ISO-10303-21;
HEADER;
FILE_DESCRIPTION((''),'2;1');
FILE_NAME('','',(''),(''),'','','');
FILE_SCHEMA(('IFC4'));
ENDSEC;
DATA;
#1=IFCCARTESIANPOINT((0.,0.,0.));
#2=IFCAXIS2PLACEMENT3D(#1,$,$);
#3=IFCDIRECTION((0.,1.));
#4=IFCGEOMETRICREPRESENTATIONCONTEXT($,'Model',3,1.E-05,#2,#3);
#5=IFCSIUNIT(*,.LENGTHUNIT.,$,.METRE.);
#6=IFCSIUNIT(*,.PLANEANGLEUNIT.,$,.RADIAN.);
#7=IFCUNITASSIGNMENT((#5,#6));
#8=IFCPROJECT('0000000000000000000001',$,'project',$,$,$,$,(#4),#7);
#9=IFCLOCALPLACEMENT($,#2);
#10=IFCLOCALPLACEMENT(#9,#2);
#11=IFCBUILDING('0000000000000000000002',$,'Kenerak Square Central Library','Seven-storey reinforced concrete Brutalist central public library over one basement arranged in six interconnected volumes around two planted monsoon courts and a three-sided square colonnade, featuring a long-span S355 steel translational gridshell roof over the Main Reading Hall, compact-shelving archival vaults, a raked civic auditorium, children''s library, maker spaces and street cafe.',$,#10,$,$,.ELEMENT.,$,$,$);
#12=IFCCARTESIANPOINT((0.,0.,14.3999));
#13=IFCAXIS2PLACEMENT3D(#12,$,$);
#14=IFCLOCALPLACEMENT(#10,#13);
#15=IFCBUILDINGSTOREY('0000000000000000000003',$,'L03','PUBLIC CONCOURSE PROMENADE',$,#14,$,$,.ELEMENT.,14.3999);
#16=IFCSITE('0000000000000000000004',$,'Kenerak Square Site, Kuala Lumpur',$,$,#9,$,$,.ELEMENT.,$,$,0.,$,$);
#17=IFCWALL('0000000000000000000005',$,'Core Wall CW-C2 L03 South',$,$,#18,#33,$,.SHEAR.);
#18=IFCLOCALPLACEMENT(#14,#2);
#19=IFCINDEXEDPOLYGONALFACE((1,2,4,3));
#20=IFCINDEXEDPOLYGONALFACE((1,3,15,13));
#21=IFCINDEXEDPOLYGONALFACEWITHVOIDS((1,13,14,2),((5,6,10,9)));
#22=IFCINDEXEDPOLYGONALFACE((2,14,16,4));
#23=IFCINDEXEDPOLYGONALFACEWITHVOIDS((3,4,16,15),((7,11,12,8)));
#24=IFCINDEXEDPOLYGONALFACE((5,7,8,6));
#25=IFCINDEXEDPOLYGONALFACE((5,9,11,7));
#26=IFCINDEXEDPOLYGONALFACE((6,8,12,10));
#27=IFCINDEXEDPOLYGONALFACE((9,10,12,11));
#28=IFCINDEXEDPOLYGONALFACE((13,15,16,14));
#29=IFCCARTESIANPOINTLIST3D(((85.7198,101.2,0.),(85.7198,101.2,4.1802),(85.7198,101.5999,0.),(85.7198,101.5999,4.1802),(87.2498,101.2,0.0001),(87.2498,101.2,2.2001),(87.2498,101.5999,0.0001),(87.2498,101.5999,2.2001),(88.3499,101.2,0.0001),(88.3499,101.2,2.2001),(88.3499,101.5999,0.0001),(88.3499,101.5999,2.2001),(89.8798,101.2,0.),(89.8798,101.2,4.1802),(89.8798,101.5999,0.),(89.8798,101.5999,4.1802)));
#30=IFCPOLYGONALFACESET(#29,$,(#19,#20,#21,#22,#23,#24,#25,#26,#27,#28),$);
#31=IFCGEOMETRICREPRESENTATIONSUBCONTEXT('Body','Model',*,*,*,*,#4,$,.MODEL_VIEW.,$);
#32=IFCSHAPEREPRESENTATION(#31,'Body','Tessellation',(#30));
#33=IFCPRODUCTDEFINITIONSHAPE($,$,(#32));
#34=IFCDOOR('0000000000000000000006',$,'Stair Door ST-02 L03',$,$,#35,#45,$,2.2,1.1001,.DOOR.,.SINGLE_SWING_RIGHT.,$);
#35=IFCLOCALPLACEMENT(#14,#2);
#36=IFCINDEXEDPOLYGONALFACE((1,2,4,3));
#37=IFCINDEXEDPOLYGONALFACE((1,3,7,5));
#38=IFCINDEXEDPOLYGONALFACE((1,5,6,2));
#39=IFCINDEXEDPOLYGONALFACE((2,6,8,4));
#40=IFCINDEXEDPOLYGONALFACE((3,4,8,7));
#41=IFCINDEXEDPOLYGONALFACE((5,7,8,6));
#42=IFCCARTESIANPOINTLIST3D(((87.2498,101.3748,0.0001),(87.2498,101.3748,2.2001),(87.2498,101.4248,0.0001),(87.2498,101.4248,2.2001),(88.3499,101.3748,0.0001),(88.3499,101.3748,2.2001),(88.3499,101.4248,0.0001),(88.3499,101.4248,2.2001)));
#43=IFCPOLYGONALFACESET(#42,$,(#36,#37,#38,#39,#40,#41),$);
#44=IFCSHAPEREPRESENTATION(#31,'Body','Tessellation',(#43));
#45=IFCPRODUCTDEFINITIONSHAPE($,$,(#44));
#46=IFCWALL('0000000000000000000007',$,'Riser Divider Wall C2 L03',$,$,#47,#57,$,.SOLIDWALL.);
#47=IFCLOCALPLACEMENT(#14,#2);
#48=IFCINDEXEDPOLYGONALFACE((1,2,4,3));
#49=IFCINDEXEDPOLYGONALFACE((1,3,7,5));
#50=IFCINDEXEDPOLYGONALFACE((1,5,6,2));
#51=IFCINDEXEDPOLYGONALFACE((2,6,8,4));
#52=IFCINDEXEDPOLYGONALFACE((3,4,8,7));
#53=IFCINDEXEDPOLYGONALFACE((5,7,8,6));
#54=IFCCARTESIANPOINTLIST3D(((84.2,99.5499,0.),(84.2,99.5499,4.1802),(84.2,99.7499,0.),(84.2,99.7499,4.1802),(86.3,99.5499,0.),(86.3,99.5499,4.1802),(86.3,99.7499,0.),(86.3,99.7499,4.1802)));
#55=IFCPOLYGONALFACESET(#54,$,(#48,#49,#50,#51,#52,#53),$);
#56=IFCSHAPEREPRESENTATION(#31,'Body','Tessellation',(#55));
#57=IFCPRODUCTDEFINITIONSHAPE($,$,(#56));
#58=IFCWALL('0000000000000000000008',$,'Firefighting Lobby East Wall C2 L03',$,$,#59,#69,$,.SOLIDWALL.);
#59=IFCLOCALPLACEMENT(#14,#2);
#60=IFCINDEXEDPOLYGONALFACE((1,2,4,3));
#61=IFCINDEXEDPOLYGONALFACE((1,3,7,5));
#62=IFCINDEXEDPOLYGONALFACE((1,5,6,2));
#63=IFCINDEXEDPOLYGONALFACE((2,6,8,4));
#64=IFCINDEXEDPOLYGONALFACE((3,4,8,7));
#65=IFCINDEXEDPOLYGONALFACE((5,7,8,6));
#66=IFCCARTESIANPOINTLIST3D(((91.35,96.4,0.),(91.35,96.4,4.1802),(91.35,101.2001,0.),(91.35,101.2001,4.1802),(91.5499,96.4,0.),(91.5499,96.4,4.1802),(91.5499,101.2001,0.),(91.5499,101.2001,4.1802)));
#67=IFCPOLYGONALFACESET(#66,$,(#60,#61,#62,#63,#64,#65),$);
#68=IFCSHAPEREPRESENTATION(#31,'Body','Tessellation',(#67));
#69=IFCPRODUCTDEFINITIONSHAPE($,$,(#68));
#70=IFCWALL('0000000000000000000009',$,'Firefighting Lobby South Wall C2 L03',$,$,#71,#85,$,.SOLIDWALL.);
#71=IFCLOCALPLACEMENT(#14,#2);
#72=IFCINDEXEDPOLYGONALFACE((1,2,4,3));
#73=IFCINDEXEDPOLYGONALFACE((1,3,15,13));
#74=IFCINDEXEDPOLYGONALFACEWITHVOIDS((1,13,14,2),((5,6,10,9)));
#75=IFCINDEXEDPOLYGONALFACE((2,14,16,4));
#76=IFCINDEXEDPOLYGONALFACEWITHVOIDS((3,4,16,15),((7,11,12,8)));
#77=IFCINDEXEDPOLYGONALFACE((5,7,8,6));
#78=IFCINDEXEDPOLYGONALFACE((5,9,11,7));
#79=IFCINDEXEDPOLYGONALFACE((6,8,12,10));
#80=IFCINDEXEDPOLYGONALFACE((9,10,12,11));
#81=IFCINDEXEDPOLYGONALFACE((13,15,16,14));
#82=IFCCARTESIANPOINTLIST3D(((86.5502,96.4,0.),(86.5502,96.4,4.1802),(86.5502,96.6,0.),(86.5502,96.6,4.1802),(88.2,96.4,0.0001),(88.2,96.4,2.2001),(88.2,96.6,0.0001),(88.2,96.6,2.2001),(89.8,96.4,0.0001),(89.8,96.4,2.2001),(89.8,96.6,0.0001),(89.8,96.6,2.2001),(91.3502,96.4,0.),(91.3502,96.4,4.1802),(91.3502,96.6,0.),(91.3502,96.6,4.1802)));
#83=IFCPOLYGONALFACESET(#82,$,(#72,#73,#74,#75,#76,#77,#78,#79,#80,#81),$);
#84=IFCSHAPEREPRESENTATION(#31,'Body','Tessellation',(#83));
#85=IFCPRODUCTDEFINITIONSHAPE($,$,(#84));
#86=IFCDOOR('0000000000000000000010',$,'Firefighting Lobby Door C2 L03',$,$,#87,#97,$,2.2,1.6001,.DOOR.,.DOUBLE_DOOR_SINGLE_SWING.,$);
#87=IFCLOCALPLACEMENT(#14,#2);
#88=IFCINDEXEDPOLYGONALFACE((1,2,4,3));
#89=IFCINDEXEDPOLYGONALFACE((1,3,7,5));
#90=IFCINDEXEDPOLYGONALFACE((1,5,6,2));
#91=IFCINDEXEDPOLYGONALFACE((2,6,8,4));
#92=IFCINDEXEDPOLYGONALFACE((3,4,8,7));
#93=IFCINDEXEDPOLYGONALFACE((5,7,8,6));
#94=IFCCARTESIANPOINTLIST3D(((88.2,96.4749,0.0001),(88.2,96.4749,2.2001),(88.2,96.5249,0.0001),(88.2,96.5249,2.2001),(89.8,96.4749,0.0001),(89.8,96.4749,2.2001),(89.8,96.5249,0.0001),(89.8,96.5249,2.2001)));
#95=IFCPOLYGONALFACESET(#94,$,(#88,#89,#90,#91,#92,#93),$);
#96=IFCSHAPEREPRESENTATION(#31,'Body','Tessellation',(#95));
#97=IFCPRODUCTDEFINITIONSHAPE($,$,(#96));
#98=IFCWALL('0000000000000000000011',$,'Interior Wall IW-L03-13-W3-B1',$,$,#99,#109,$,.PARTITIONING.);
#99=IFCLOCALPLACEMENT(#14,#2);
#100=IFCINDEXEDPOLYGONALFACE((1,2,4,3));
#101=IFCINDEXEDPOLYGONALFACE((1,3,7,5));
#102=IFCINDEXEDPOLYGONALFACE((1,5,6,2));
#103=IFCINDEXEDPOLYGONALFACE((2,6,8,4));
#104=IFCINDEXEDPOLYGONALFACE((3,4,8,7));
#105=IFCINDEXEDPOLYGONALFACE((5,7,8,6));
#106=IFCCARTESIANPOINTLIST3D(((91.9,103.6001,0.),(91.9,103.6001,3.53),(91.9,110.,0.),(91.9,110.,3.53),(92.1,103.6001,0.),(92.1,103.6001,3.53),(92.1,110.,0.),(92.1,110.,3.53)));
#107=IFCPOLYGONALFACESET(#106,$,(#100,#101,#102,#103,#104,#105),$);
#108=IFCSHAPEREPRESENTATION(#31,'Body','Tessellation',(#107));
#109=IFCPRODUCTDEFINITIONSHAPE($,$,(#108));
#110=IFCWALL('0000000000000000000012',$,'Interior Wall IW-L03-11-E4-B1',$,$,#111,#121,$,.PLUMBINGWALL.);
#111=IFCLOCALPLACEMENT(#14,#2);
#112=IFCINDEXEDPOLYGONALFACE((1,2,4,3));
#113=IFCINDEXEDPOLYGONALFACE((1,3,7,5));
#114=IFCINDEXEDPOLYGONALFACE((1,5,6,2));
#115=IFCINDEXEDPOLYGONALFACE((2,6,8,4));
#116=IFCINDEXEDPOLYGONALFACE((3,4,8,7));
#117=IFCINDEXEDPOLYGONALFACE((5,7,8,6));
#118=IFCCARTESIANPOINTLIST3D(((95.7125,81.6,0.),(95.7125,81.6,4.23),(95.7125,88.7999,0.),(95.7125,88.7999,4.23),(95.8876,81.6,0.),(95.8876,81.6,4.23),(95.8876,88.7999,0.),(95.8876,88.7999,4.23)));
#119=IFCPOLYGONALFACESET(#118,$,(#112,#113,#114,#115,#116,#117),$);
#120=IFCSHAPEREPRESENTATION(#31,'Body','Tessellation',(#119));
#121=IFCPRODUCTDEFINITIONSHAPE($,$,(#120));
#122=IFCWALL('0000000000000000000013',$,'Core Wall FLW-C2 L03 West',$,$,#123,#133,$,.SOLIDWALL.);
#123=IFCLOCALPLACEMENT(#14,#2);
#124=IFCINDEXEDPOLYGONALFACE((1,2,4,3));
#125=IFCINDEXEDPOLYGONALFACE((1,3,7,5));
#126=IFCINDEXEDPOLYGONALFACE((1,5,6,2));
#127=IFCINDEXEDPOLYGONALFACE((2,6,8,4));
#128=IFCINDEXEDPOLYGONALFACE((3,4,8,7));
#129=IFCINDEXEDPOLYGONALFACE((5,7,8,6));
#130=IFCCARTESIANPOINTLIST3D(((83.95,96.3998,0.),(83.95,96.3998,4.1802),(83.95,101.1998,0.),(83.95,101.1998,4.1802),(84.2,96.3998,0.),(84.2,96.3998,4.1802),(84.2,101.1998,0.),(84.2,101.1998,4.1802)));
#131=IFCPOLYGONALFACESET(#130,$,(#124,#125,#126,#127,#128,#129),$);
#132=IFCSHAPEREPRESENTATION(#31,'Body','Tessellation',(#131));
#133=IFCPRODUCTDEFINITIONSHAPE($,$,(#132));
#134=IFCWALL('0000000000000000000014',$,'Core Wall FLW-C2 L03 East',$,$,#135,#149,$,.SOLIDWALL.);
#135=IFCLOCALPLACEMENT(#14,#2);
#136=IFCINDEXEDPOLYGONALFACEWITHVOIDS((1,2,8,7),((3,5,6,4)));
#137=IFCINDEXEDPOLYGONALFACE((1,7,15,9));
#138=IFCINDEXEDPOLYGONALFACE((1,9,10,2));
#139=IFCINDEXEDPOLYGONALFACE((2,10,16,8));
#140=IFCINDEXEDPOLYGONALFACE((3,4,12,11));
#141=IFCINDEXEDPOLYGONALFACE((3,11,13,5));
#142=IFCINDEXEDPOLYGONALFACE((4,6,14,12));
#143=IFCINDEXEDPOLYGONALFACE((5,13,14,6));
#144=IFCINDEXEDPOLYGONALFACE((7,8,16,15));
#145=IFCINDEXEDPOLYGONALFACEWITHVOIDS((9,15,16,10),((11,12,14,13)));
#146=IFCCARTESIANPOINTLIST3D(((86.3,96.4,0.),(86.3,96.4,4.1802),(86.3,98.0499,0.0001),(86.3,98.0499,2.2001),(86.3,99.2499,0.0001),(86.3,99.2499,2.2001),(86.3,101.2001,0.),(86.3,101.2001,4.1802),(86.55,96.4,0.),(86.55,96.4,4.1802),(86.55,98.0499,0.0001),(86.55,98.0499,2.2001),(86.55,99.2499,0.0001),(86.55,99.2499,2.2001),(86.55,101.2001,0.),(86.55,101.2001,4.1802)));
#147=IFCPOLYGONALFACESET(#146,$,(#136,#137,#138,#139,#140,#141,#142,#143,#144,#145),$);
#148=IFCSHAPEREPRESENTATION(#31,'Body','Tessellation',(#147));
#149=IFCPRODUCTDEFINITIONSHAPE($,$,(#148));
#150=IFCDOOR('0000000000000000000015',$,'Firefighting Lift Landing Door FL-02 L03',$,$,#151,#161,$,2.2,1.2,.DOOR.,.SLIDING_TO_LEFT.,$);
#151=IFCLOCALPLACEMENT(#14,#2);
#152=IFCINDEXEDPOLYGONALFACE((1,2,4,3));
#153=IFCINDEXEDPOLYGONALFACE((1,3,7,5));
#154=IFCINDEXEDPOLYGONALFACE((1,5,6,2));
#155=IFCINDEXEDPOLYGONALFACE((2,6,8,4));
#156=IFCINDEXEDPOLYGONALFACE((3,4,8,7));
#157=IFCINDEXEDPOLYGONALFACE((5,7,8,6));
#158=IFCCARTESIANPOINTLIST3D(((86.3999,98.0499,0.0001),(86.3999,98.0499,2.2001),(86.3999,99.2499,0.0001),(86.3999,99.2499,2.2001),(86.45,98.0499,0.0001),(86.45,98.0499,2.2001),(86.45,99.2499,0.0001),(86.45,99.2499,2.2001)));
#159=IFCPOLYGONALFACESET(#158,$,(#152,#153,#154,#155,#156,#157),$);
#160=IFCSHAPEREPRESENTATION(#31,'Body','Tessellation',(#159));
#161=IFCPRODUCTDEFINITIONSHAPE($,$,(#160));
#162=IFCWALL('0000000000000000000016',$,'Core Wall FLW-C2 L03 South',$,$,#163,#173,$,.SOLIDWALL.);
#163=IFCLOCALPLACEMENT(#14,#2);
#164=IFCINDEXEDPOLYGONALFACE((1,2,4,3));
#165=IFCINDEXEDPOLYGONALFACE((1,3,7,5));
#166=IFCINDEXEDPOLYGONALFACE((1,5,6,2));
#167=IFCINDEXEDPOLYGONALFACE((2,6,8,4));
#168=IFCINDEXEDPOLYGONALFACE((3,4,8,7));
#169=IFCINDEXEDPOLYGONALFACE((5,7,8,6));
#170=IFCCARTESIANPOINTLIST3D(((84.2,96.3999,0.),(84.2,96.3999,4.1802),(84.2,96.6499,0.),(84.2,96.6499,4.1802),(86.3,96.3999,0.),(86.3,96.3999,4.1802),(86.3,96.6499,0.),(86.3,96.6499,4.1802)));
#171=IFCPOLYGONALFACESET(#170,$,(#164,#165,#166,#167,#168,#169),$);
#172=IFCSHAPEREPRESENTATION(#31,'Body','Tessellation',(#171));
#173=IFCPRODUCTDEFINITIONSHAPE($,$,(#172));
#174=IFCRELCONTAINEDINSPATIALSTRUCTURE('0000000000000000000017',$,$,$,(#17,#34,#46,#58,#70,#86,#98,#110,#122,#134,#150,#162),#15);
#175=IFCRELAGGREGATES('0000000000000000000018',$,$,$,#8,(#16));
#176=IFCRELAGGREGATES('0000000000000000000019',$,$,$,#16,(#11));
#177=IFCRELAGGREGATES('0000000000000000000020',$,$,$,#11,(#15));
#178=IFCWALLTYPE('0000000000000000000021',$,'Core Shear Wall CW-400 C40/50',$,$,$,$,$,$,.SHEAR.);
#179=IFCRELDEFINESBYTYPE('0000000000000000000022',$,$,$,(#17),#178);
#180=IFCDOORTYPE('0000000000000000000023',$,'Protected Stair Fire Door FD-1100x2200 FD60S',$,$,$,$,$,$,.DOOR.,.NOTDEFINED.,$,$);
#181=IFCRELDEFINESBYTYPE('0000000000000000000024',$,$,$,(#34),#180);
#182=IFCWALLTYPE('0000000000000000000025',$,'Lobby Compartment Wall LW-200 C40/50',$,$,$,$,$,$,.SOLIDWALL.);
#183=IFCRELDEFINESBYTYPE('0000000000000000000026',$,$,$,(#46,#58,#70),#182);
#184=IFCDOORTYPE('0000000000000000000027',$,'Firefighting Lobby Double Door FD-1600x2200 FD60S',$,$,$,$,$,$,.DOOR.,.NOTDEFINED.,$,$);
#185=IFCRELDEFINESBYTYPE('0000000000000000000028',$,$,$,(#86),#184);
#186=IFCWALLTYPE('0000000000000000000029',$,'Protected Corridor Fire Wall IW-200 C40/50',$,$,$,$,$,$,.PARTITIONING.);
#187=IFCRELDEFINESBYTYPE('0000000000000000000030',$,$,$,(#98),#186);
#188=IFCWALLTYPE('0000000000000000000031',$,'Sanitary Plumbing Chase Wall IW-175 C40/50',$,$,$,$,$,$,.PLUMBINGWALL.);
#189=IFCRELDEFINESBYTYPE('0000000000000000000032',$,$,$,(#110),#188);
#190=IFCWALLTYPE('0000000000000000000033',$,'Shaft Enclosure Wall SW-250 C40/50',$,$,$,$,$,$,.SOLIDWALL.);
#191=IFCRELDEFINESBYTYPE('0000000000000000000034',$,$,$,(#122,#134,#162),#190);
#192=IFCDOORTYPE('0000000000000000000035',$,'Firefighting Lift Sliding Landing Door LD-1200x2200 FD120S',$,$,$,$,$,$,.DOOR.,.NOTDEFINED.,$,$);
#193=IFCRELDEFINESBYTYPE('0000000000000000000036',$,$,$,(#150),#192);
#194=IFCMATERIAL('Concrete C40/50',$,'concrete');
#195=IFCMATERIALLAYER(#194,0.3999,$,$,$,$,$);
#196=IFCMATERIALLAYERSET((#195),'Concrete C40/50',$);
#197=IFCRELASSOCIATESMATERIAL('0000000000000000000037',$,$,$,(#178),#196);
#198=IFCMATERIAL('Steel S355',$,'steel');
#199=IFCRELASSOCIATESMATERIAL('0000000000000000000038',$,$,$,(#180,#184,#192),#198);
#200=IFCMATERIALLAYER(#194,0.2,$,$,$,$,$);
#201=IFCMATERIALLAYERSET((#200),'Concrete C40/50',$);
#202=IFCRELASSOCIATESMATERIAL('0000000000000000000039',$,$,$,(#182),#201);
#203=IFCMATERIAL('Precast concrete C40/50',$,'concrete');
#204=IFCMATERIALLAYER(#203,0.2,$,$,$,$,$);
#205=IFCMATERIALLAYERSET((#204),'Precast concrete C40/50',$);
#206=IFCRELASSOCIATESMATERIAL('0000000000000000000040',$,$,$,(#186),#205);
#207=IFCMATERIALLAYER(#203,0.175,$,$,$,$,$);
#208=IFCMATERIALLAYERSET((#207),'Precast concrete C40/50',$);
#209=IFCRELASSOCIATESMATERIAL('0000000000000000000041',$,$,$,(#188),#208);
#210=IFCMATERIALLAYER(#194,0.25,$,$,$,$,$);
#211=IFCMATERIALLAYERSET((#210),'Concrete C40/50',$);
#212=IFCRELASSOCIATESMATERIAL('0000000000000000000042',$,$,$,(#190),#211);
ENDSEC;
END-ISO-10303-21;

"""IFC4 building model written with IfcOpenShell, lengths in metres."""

from ifc_helpers import new_model, si_unit, direction, frame, frame_2d, origin, place, context, subcontext, project, spatial, rectangle, extrude, material, layer, layer_set, type_object, element, fill, save


model = new_model("IFC4")

# Units and contexts
model_context = context("Model", 3, precision=1e-05, world=origin(), true_north=direction((0.0, 1.0)))
body_context = subcontext(model_context, "Body", "Model", "MODEL_VIEW")
ifc_project = project(units=[si_unit("LENGTHUNIT", "METRE"), si_unit("PLANEANGLEUNIT", "RADIAN")], contexts=[model_context])

# Site, building, storey
site_placement = place(None, origin())
site = spatial("IfcSite", under=ifc_project, at=site_placement, Name="Kenerak Square Site, Kuala Lumpur", CompositionType="ELEMENT", RefElevation=0.0)
building_placement = place(site_placement, origin())
building = spatial("IfcBuilding", under=site, at=building_placement, Name="Kenerak Square Central Library", Description="Seven-storey reinforced concrete Brutalist central public library over one basement arranged in six interconnected volumes around two planted monsoon courts and a three-sided square colonnade, featuring a long-span S355 steel translational gridshell roof over the Main Reading Hall, compact-shelving archival vaults, a raked civic auditorium, children's library, maker spaces and street cafe.", CompositionType="ELEMENT")
storey_placement = place(building_placement, frame((0.0, 0.0, 14.3999)))
storey = spatial("IfcBuildingStorey", under=building, at=storey_placement, Name="L03", Description="PUBLIC CONCOURSE PROMENADE", CompositionType="ELEMENT", Elevation=14.3999)

# Shared definitions
ifc_material_1 = material(Name="Concrete C40/50", Category="concrete")

# Shared definitions
ifc_material_2 = material(Name="Steel S355", Category="steel")

# Shared definitions
ifc_layer_1 = layer(ifc_material_1, 0.3999)
ifc_layer_set_1 = layer_set([ifc_layer_1], Name="Concrete C40/50")
wall_type_1 = type_object("IfcWallType", Name="Core Shear Wall CW-400 C40/50", PredefinedType="SHEAR", material=ifc_layer_set_1)

# Wall, opening, door
wall_1_placement = place(storey_placement, frame((89.8799, 101.3999, 0.0), z_axis=(0.0, 0.0, 1.0), x_axis=(-1.0, 0.0, 0.0)))
wall_1 = element("IfcWall", 1, at=wall_1_placement, inside=storey, type_object=wall_type_1, Name="Core Wall CW-C2 L03 South", PredefinedType="SHEAR", context=body_context, shape_type="SweptSolid", body=[
    extrude(rectangle(XDim=4.1599, YDim=0.3999, at=frame_2d((2.0801, 0.0))), origin(), (0.0, 0.0, 1.0), 4.1802),
])
opening_1_placement = place(wall_1_placement, frame((1.53, 0.0, 0.0)))
opening_1 = element("IfcOpeningElement", 2, at=opening_1_placement, cuts=wall_1, PredefinedType="OPENING", context=body_context, shape_type="SweptSolid", body=[
    extrude(rectangle(XDim=1.1001, YDim=2.2, at=frame_2d((0.55, 1.1001))), frame((0.0, 0.21, 0.0), z_axis=(0.0, -1.0, 0.0), x_axis=(1.0, 0.0, 0.0)), (0.0, 0.0, 1.0), 0.4199),
])
door_type_1 = type_object("IfcDoorType", Name="Protected Stair Fire Door FD-1100x2200 FD60S", OperationType="NOTDEFINED", PredefinedType="DOOR", material=ifc_material_2)
door_1_placement = place(opening_1_placement, frame((1.1001, 0.0, 0.0), z_axis=(0.0, 0.0, 1.0), x_axis=(-1.0, 0.0, 0.0)))
door_1 = element("IfcDoor", 3, at=door_1_placement, inside=storey, type_object=door_type_1, Name="Stair Door ST-02 L03", OperationType="SINGLE_SWING_RIGHT", OverallHeight=2.2, OverallWidth=1.1001, PredefinedType="DOOR", context=body_context, shape_type="SweptSolid", body=[
    extrude(rectangle(XDim=1.1001, YDim=2.2, at=frame_2d((0.55, 1.1001))), frame((0.0, 0.0249, 0.0), z_axis=(0.0, -1.0, 0.0), x_axis=(1.0, 0.0, 0.0)), (0.0, 0.0, 1.0), 0.05),
])
fill(opening_1, door_1)

# Walls
ifc_layer_2 = layer(ifc_material_1, 0.2)
ifc_layer_set_2 = layer_set([ifc_layer_2], Name="Concrete C40/50")
wall_type_2 = type_object("IfcWallType", Name="Lobby Compartment Wall LW-200 C40/50", PredefinedType="SOLIDWALL", material=ifc_layer_set_2)
wall_2_placement = place(storey_placement, frame((84.2, 99.6499, 0.0), z_axis=(0.0, 0.0, 1.0), x_axis=(1.0, 0.0, 0.0)))
element("IfcWall", 4, at=wall_2_placement, inside=storey, type_object=wall_type_2, Name="Riser Divider Wall C2 L03", PredefinedType="SOLIDWALL", context=body_context, shape_type="SweptSolid", body=[
    extrude(rectangle(XDim=2.1001, YDim=0.2, at=frame_2d((1.05, 0.0))), origin(), (0.0, 0.0, 1.0), 4.1802),
])
wall_3_placement = place(storey_placement, frame((91.45, 101.2, 0.0), z_axis=(0.0, 0.0, 1.0), x_axis=(0.0, -1.0, 0.0)))
element("IfcWall", 5, at=wall_3_placement, inside=storey, type_object=wall_type_2, Name="Firefighting Lobby East Wall C2 L03", PredefinedType="SOLIDWALL", context=body_context, shape_type="SweptSolid", body=[
    extrude(rectangle(XDim=4.8, YDim=0.2, at=frame_2d((2.3999, 0.0))), origin(), (0.0, 0.0, 1.0), 4.1802),
])

# Wall, opening, door
wall_4_placement = place(storey_placement, frame((91.3501, 96.5, 0.0), z_axis=(0.0, 0.0, 1.0), x_axis=(-1.0, 0.0, 0.0)))
wall_4 = element("IfcWall", 6, at=wall_4_placement, inside=storey, type_object=wall_type_2, Name="Firefighting Lobby South Wall C2 L03", PredefinedType="SOLIDWALL", context=body_context, shape_type="SweptSolid", body=[
    extrude(rectangle(XDim=4.8, YDim=0.2, at=frame_2d((2.3999, 0.0))), origin(), (0.0, 0.0, 1.0), 4.1802),
])
opening_2_placement = place(wall_4_placement, frame((1.55, 0.0, 0.0)))
opening_2 = element("IfcOpeningElement", 7, at=opening_2_placement, cuts=wall_4, PredefinedType="OPENING", context=body_context, shape_type="SweptSolid", body=[
    extrude(rectangle(XDim=1.6001, YDim=2.2, at=frame_2d((0.8, 1.1001))), frame((0.0, 0.1099, 0.0), z_axis=(0.0, -1.0, 0.0), x_axis=(1.0, 0.0, 0.0)), (0.0, 0.0, 1.0), 0.22),
])
door_type_2 = type_object("IfcDoorType", Name="Firefighting Lobby Double Door FD-1600x2200 FD60S", OperationType="NOTDEFINED", PredefinedType="DOOR", material=ifc_material_2)
door_2_placement = place(opening_2_placement, frame((1.6001, 0.0, 0.0), z_axis=(0.0, 0.0, 1.0), x_axis=(-1.0, 0.0, 0.0)))
door_2 = element("IfcDoor", 8, at=door_2_placement, inside=storey, type_object=door_type_2, Name="Firefighting Lobby Door C2 L03", OperationType="DOUBLE_DOOR_SINGLE_SWING", OverallHeight=2.2, OverallWidth=1.6001, PredefinedType="DOOR", context=body_context, shape_type="SweptSolid", body=[
    extrude(rectangle(XDim=1.6001, YDim=2.2, at=frame_2d((0.8, 1.1001))), frame((0.0, 0.0249, 0.0), z_axis=(0.0, -1.0, 0.0), x_axis=(1.0, 0.0, 0.0)), (0.0, 0.0, 1.0), 0.05),
])
fill(opening_2, door_2)

# Walls
ifc_material_3 = material(Name="Precast concrete C40/50", Category="concrete")
ifc_layer_3 = layer(ifc_material_3, 0.2)
ifc_layer_set_3 = layer_set([ifc_layer_3], Name="Precast concrete C40/50")
wall_type_3 = type_object("IfcWallType", Name="Protected Corridor Fire Wall IW-200 C40/50", PredefinedType="PARTITIONING", material=ifc_layer_set_3)
wall_5_placement = place(storey_placement, frame((92.0, 103.6001, 0.0), z_axis=(0.0, 0.0, 1.0), x_axis=(0.0, 1.0, 0.0)))
element("IfcWall", 9, at=wall_5_placement, inside=storey, type_object=wall_type_3, Name="Interior Wall IW-L03-13-W3-B1", PredefinedType="PARTITIONING", context=body_context, shape_type="SweptSolid", body=[
    extrude(rectangle(XDim=6.3999, YDim=0.2, at=frame_2d((3.2, 0.0))), origin(), (0.0, 0.0, 1.0), 3.53),
])
ifc_layer_4 = layer(ifc_material_3, 0.175)
ifc_layer_set_4 = layer_set([ifc_layer_4], Name="Precast concrete C40/50")
wall_type_4 = type_object("IfcWallType", Name="Sanitary Plumbing Chase Wall IW-175 C40/50", PredefinedType="PLUMBINGWALL", material=ifc_layer_set_4)
wall_6_placement = place(storey_placement, frame((95.8, 88.8, 0.0), z_axis=(0.0, 0.0, 1.0), x_axis=(0.0, -1.0, 0.0)))
element("IfcWall", 10, at=wall_6_placement, inside=storey, type_object=wall_type_4, Name="Interior Wall IW-L03-11-E4-B1", PredefinedType="PLUMBINGWALL", context=body_context, shape_type="SweptSolid", body=[
    extrude(rectangle(XDim=7.2, YDim=0.175, at=frame_2d((3.6001, 0.0))), origin(), (0.0, 0.0, 1.0), 4.23),
])
ifc_layer_5 = layer(ifc_material_1, 0.25)
ifc_layer_set_5 = layer_set([ifc_layer_5], Name="Concrete C40/50")
wall_type_5 = type_object("IfcWallType", Name="Shaft Enclosure Wall SW-250 C40/50", PredefinedType="SOLIDWALL", material=ifc_layer_set_5)
wall_7_placement = place(storey_placement, frame((84.075, 96.3999, 0.0), z_axis=(0.0, 0.0, 1.0), x_axis=(0.0, 1.0, 0.0)))
element("IfcWall", 11, at=wall_7_placement, inside=storey, type_object=wall_type_5, Name="Core Wall FLW-C2 L03 West", PredefinedType="SOLIDWALL", context=body_context, shape_type="SweptSolid", body=[
    extrude(rectangle(XDim=4.8, YDim=0.25, at=frame_2d((2.3999, 0.0))), origin(), (0.0, 0.0, 1.0), 4.1802),
])

# Wall, opening, door
wall_8_placement = place(storey_placement, frame((86.425, 101.2, 0.0), z_axis=(0.0, 0.0, 1.0), x_axis=(0.0, -1.0, 0.0)))
wall_8 = element("IfcWall", 12, at=wall_8_placement, inside=storey, type_object=wall_type_5, Name="Core Wall FLW-C2 L03 East", PredefinedType="SOLIDWALL", context=body_context, shape_type="SweptSolid", body=[
    extrude(rectangle(XDim=4.8, YDim=0.25, at=frame_2d((2.3999, 0.0))), origin(), (0.0, 0.0, 1.0), 4.1802),
])
opening_3_placement = place(wall_8_placement, frame((1.95, 0.0, 0.0)))
opening_3 = element("IfcOpeningElement", 13, at=opening_3_placement, cuts=wall_8, PredefinedType="OPENING", context=body_context, shape_type="SweptSolid", body=[
    extrude(rectangle(XDim=1.2, YDim=2.2, at=frame_2d((0.6001, 1.1001))), frame((0.0, 0.135, 0.0), z_axis=(0.0, -1.0, 0.0), x_axis=(1.0, 0.0, 0.0)), (0.0, 0.0, 1.0), 0.27),
])
door_type_3 = type_object("IfcDoorType", Name="Firefighting Lift Sliding Landing Door LD-1200x2200 FD120S", OperationType="NOTDEFINED", PredefinedType="DOOR", material=ifc_material_2)
door_3_placement = place(opening_3_placement, origin())
door_3 = element("IfcDoor", 14, at=door_3_placement, inside=storey, type_object=door_type_3, Name="Firefighting Lift Landing Door FL-02 L03", OperationType="SLIDING_TO_LEFT", OverallHeight=2.2, OverallWidth=1.2, PredefinedType="DOOR", context=body_context, shape_type="SweptSolid", body=[
    extrude(rectangle(XDim=1.2, YDim=2.2, at=frame_2d((0.6001, 1.1001))), frame((0.0, 0.0249, 0.0), z_axis=(0.0, -1.0, 0.0), x_axis=(1.0, 0.0, 0.0)), (0.0, 0.0, 1.0), 0.05),
])
fill(opening_3, door_3)

# Wall
for number, where, z_axis, x_axis, name in (
    (15, (86.3, 96.5249, 0.0), (0.0, 0.0, 1.0), (-1.0, 0.0, 0.0), "Core Wall FLW-C2 L03 South"),
):
    element("IfcWall", number, at=place(storey_placement, frame(where, z_axis=z_axis, x_axis=x_axis)), inside=storey, type_object=wall_type_5, Name=name, PredefinedType="SOLIDWALL", context=body_context, shape_type="SweptSolid", body=[
        extrude(rectangle(XDim=2.1001, YDim=0.25, at=frame_2d((1.05, 0.0))), origin(), (0.0, 0.0, 1.0), 4.1802),
    ])

save(model, "model.ifc")
